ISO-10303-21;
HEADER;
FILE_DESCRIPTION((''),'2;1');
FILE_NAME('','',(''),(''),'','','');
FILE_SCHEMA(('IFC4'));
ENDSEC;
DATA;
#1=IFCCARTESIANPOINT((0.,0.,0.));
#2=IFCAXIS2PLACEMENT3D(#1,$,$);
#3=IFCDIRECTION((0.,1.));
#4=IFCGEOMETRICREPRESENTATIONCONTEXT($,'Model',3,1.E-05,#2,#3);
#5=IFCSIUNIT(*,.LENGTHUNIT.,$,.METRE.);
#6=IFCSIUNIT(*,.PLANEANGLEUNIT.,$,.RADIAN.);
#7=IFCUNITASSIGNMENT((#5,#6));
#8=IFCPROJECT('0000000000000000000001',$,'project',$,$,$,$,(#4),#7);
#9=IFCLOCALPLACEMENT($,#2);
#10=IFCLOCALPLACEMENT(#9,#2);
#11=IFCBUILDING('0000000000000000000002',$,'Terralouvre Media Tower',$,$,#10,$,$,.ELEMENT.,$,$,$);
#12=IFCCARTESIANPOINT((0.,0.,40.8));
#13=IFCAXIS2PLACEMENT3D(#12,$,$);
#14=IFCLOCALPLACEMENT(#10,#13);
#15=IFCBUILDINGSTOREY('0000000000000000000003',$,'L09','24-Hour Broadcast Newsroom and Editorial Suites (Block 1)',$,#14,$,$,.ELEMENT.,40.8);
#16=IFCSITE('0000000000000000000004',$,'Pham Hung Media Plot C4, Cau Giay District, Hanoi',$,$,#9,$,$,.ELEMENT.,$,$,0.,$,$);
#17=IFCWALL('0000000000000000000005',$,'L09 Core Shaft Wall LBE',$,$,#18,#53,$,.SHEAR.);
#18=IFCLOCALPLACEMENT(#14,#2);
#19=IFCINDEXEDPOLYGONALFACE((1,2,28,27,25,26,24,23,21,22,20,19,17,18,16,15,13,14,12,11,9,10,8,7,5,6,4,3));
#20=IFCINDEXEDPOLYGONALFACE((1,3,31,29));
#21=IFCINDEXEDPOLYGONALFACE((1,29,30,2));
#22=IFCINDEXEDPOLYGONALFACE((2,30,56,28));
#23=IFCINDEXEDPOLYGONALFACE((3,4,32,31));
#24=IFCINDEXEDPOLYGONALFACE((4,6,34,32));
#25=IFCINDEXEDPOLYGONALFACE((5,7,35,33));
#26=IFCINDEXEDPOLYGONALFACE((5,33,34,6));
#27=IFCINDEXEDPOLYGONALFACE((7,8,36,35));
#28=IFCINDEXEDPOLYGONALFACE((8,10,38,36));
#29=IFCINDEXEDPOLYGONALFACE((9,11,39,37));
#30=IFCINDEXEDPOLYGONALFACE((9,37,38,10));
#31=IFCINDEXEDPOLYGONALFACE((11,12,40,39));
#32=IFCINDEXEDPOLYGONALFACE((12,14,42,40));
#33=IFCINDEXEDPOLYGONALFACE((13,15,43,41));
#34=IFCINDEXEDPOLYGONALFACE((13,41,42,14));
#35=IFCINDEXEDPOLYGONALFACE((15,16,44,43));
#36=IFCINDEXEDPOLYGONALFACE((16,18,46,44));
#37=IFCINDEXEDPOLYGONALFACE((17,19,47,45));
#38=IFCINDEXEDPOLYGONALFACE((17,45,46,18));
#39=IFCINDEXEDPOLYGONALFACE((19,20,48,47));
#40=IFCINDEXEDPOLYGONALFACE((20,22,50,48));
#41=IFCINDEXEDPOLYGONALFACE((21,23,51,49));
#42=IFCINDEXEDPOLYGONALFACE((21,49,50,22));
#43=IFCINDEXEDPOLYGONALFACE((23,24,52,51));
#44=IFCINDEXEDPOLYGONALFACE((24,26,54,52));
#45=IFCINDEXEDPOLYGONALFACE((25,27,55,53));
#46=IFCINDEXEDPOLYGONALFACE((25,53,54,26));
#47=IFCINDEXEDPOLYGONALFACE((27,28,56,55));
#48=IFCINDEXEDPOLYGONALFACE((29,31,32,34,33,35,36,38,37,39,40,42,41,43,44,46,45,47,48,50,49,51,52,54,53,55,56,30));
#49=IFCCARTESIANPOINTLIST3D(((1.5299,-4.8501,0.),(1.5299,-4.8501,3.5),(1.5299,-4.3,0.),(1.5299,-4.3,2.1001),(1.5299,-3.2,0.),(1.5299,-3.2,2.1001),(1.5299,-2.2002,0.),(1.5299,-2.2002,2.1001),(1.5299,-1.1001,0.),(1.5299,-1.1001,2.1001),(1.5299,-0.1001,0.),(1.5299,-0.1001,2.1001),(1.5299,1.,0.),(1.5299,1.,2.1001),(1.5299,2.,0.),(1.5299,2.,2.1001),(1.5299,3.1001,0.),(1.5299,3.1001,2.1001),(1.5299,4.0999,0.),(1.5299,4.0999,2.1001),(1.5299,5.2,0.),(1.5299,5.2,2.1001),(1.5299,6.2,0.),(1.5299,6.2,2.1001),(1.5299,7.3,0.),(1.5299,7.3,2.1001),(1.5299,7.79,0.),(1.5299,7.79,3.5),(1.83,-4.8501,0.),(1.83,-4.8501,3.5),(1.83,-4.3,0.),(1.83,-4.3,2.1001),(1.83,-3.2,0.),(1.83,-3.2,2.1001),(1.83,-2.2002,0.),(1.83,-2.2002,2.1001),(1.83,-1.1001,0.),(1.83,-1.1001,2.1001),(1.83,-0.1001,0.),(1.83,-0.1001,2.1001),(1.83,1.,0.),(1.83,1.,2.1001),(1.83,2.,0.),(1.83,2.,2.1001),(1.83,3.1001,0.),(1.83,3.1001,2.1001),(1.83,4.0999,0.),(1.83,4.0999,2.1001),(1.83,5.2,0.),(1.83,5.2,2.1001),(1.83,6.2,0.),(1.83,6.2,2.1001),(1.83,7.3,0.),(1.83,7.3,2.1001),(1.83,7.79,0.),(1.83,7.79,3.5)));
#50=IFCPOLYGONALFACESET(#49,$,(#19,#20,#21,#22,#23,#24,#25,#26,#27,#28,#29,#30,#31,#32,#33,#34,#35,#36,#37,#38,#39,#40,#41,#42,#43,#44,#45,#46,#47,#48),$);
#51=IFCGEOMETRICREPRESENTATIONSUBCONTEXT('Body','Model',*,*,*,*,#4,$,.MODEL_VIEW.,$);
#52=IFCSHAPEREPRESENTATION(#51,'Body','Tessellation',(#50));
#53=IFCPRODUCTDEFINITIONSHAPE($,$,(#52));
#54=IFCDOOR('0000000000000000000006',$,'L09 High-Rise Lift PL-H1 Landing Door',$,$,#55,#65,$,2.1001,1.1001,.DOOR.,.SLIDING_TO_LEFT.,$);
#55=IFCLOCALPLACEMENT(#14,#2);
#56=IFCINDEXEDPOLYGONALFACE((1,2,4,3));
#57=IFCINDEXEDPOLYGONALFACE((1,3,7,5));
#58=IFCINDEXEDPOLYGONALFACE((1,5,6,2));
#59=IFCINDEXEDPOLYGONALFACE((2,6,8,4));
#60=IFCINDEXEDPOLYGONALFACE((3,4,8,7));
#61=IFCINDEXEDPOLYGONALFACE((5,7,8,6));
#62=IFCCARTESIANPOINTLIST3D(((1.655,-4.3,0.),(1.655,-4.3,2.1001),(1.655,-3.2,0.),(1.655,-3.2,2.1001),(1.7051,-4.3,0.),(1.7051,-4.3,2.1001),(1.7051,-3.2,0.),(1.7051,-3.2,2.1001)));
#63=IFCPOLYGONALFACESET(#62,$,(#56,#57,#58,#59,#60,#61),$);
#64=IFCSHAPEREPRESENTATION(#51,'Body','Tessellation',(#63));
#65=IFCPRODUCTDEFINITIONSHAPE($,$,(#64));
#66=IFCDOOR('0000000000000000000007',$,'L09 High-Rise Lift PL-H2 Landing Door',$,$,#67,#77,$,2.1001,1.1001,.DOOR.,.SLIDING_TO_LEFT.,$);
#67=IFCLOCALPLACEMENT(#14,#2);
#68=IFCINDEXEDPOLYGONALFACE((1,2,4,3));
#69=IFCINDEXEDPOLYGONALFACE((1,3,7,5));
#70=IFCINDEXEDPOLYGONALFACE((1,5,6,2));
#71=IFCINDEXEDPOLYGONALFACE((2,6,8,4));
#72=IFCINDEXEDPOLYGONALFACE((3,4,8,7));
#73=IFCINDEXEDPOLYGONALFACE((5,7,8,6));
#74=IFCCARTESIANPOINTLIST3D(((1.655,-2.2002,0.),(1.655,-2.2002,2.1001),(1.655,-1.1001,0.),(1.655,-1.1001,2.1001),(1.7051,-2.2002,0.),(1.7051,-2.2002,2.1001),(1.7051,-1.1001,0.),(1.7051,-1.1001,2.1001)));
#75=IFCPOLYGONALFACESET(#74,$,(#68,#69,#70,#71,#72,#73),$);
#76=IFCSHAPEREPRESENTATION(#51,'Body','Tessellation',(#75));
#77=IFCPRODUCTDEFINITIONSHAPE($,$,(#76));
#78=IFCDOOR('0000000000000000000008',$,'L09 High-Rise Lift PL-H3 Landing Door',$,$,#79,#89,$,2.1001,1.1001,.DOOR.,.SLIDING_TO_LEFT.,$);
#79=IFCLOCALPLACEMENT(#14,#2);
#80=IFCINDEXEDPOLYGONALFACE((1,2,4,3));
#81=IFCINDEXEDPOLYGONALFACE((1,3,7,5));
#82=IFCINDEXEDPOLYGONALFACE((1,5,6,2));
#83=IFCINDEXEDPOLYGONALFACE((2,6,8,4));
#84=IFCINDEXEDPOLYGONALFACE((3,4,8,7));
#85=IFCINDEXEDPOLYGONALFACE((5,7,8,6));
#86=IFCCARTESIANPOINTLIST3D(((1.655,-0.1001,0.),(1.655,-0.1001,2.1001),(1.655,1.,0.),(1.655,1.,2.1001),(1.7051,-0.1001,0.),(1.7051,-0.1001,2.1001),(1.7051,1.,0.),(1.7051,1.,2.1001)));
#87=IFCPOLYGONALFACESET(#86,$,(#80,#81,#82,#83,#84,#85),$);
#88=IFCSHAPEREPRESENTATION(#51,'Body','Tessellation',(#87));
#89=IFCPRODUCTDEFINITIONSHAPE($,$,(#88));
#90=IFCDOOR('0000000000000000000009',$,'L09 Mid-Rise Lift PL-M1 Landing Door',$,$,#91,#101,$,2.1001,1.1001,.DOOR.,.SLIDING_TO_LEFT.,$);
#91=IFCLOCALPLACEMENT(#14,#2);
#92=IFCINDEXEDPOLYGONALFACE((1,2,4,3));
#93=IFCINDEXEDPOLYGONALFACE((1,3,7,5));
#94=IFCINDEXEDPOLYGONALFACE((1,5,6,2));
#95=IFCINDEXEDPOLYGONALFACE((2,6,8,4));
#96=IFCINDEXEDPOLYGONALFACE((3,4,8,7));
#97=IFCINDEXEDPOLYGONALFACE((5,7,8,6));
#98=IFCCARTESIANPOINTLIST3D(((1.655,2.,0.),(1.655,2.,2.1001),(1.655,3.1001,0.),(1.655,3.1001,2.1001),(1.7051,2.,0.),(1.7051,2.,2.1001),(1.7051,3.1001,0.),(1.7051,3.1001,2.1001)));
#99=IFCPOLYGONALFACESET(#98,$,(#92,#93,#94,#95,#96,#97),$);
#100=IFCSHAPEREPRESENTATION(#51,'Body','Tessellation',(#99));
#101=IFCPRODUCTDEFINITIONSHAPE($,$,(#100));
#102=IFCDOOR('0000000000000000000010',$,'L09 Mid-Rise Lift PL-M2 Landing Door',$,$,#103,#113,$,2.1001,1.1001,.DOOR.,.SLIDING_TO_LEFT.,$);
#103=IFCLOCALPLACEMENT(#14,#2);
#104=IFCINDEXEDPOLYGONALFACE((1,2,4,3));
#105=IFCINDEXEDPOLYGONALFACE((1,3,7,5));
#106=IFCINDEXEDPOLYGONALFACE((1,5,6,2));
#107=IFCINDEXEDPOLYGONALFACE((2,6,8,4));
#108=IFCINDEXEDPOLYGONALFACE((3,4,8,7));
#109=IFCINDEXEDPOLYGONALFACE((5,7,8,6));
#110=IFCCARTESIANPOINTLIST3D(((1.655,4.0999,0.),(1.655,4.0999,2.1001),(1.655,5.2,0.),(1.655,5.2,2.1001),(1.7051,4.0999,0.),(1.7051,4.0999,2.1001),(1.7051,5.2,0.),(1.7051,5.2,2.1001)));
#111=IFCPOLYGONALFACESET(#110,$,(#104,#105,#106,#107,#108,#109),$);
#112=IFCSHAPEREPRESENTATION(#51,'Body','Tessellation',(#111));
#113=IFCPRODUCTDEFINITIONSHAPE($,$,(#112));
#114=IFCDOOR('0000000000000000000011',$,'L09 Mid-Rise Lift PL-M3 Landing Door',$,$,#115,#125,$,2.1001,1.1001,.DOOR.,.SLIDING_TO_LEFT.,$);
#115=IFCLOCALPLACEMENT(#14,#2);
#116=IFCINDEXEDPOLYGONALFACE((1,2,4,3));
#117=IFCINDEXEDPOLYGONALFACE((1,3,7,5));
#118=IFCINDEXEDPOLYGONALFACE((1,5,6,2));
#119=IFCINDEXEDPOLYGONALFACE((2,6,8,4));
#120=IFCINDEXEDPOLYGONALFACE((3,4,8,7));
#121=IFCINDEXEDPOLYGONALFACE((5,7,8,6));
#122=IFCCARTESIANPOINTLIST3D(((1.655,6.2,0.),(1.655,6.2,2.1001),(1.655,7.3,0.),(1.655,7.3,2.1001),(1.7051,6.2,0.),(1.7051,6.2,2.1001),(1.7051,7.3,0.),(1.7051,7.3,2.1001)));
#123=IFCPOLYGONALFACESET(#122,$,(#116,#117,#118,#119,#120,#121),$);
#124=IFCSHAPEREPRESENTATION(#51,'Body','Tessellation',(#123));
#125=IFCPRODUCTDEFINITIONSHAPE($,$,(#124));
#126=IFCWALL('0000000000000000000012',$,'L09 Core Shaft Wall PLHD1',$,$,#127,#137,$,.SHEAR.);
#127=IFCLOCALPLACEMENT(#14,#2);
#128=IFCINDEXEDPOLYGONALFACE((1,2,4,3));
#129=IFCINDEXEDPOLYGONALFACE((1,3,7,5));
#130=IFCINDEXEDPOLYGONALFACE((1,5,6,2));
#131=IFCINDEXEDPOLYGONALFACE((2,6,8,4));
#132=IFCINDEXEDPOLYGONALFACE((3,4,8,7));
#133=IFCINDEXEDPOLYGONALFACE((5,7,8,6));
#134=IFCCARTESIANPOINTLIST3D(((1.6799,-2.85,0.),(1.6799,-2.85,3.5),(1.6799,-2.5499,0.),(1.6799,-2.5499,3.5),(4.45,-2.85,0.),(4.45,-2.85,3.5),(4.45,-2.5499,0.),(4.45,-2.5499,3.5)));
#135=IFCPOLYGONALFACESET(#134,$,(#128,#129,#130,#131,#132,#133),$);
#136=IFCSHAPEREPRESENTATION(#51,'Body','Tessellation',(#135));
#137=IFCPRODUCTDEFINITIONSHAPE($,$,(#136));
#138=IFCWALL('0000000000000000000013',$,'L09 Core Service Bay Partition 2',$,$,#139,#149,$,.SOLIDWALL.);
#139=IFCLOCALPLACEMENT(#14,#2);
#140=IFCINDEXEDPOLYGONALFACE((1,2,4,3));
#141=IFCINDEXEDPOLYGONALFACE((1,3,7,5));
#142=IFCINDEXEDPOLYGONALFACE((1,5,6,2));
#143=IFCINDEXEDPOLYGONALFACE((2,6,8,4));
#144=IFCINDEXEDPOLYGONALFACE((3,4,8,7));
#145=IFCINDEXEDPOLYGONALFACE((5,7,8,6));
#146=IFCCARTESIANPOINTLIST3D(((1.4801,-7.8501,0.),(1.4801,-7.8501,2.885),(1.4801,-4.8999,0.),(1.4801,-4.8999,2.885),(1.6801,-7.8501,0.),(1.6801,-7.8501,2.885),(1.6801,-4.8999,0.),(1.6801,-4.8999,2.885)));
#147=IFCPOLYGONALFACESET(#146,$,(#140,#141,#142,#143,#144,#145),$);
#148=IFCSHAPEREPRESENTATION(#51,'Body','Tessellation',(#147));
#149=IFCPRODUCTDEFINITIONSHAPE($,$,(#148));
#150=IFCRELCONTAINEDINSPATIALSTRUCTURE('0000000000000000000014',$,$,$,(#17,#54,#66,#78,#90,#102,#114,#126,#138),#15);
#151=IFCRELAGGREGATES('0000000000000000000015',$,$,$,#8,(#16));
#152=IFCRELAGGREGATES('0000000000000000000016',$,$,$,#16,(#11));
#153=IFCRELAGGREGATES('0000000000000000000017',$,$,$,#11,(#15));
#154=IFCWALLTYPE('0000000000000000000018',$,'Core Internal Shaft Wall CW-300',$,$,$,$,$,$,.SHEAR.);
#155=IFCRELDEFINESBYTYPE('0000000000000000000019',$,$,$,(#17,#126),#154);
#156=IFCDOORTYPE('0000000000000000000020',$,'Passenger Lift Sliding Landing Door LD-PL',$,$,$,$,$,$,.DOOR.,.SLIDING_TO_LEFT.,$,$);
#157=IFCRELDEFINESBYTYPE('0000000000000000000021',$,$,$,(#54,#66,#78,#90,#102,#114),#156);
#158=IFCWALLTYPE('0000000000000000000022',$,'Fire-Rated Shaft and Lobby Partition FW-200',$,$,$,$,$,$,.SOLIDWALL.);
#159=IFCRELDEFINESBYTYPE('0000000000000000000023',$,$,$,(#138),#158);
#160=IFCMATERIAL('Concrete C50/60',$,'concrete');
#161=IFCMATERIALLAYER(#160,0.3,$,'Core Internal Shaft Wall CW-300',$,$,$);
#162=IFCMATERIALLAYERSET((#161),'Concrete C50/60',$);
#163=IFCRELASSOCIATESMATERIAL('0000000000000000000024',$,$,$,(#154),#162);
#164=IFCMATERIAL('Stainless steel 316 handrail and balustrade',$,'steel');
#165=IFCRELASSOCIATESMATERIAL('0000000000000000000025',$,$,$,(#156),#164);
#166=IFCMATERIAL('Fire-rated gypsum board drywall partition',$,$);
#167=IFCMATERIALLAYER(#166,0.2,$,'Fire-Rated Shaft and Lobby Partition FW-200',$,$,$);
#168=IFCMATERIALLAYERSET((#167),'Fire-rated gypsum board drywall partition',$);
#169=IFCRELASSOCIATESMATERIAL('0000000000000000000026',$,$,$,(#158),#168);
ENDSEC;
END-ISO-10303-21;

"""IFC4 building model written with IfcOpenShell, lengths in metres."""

from ifc_helpers import new_model, si_unit, direction, frame, frame_2d, origin, place, context, subcontext, project, spatial, rectangle, extrude, material, layer, layer_set, type_object, element, fill, save


model = new_model("IFC4")

# Units and contexts
model_context = context("Model", 3, precision=1e-05, world=origin(), true_north=direction((0.0, 1.0)))
body_context = subcontext(model_context, "Body", "Model", "MODEL_VIEW")
ifc_project = project(units=[si_unit("LENGTHUNIT", "METRE"), si_unit("PLANEANGLEUNIT", "RADIAN")], contexts=[model_context])

# Site, building, storey
site_placement = place(None, origin())
site = spatial("IfcSite", under=ifc_project, at=site_placement, Name="Pham Hung Media Plot C4, Cau Giay District, Hanoi", CompositionType="ELEMENT", RefElevation=0.0)
building_placement = place(site_placement, origin())
building = spatial("IfcBuilding", under=site, at=building_placement, Name="Terralouvre Media Tower", CompositionType="ELEMENT")
storey_placement = place(building_placement, frame((0.0, 0.0, 40.8)))
storey = spatial("IfcBuildingStorey", under=building, at=storey_placement, Name="L09", Description="24-Hour Broadcast Newsroom and Editorial Suites (Block 1)", CompositionType="ELEMENT", Elevation=40.8)

# Shared definitions
ifc_material_1 = material(Name="Concrete C50/60", Category="concrete")
ifc_layer_1 = layer(ifc_material_1, 0.3, Name="Core Internal Shaft Wall CW-300")
ifc_layer_set_1 = layer_set([ifc_layer_1], Name="Concrete C50/60")
wall_type_1 = type_object("IfcWallType", Name="Core Internal Shaft Wall CW-300", PredefinedType="SHEAR", material=ifc_layer_set_1)

# Wall, openings, doors
wall_1_placement = place(storey_placement, frame((1.6799, -4.8501, 0.0), z_axis=(0.0, 0.0, 1.0), x_axis=(0.0, 1.0, 0.0)))
wall_1 = element("IfcWall", 1, at=wall_1_placement, inside=storey, type_object=wall_type_1, Name="L09 Core Shaft Wall LBE", PredefinedType="SHEAR", context=body_context, shape_type="SweptSolid", body=[
    extrude(rectangle(XDim=12.6401, YDim=0.3, at=frame_2d((6.3201, 0.0))), origin(), (0.0, 0.0, 1.0), 3.5),
])
opening_1_placement = place(wall_1_placement, frame((0.55, 0.0, 0.0)))
opening_1 = element("IfcOpeningElement", 2, at=opening_1_placement, cuts=wall_1, PredefinedType="OPENING", context=body_context, shape_type="SweptSolid", body=[
    extrude(rectangle(XDim=1.1001, YDim=2.1001, at=frame_2d((0.55, 1.05))), frame((0.0, 0.1599, 0.0), z_axis=(0.0, -1.0, 0.0), x_axis=(1.0, 0.0, 0.0)), (0.0, 0.0, 1.0), 0.3201),
])
opening_2_placement = place(wall_1_placement, frame((2.6499, 0.0, 0.0)))
opening_2 = element("IfcOpeningElement", 3, at=opening_2_placement, cuts=wall_1, PredefinedType="OPENING", context=body_context, shape_type="SweptSolid", body=[
    extrude(rectangle(XDim=1.1001, YDim=2.1001, at=frame_2d((0.55, 1.05))), frame((0.0, 0.1599, 0.0), z_axis=(0.0, -1.0, 0.0), x_axis=(1.0, 0.0, 0.0)), (0.0, 0.0, 1.0), 0.3201),
])
opening_3_placement = place(wall_1_placement, frame((4.75, 0.0, 0.0)))
opening_3 = element("IfcOpeningElement", 4, at=opening_3_placement, cuts=wall_1, PredefinedType="OPENING", context=body_context, shape_type="SweptSolid", body=[
    extrude(rectangle(XDim=1.1001, YDim=2.1001, at=frame_2d((0.55, 1.05))), frame((0.0, 0.1599, 0.0), z_axis=(0.0, -1.0, 0.0), x_axis=(1.0, 0.0, 0.0)), (0.0, 0.0, 1.0), 0.3201),
])
opening_4_placement = place(wall_1_placement, frame((6.8501, 0.0, 0.0)))
opening_4 = element("IfcOpeningElement", 5, at=opening_4_placement, cuts=wall_1, PredefinedType="OPENING", context=body_context, shape_type="SweptSolid", body=[
    extrude(rectangle(XDim=1.1001, YDim=2.1001, at=frame_2d((0.55, 1.05))), frame((0.0, 0.1599, 0.0), z_axis=(0.0, -1.0, 0.0), x_axis=(1.0, 0.0, 0.0)), (0.0, 0.0, 1.0), 0.3201),
])
opening_5_placement = place(wall_1_placement, frame((8.95, 0.0, 0.0)))
opening_5 = element("IfcOpeningElement", 6, at=opening_5_placement, cuts=wall_1, PredefinedType="OPENING", context=body_context, shape_type="SweptSolid", body=[
    extrude(rectangle(XDim=1.1001, YDim=2.1001, at=frame_2d((0.55, 1.05))), frame((0.0, 0.1599, 0.0), z_axis=(0.0, -1.0, 0.0), x_axis=(1.0, 0.0, 0.0)), (0.0, 0.0, 1.0), 0.3201),
])
opening_6_placement = place(wall_1_placement, frame((11.05, 0.0, 0.0)))
opening_6 = element("IfcOpeningElement", 7, at=opening_6_placement, cuts=wall_1, PredefinedType="OPENING", context=body_context, shape_type="SweptSolid", body=[
    extrude(rectangle(XDim=1.1001, YDim=2.1001, at=frame_2d((0.55, 1.05))), frame((0.0, 0.1599, 0.0), z_axis=(0.0, -1.0, 0.0), x_axis=(1.0, 0.0, 0.0)), (0.0, 0.0, 1.0), 0.3201),
])
ifc_material_2 = material(Name="Stainless steel 316 handrail and balustrade", Category="steel")
door_type = type_object("IfcDoorType", Name="Passenger Lift Sliding Landing Door LD-PL", OperationType="SLIDING_TO_LEFT", PredefinedType="DOOR", material=ifc_material_2)
door_1_placement = place(opening_1_placement, origin())
door_1 = element("IfcDoor", 8, at=door_1_placement, inside=storey, type_object=door_type, Name="L09 High-Rise Lift PL-H1 Landing Door", OperationType="SLIDING_TO_LEFT", OverallHeight=2.1001, OverallWidth=1.1001, PredefinedType="DOOR", context=body_context, shape_type="SweptSolid", body=[
    extrude(rectangle(XDim=1.1001, YDim=2.1001, at=frame_2d((0.55, 1.05))), frame((0.0, 0.0249, 0.0), z_axis=(0.0, -1.0, 0.0), x_axis=(1.0, 0.0, 0.0)), (0.0, 0.0, 1.0), 0.05),
])
fill(opening_1, door_1)
door_2_placement = place(opening_2_placement, origin())
door_2 = element("IfcDoor", 9, at=door_2_placement, inside=storey, type_object=door_type, Name="L09 High-Rise Lift PL-H2 Landing Door", OperationType="SLIDING_TO_LEFT", OverallHeight=2.1001, OverallWidth=1.1001, PredefinedType="DOOR", context=body_context, shape_type="SweptSolid", body=[
    extrude(rectangle(XDim=1.1001, YDim=2.1001, at=frame_2d((0.55, 1.05))), frame((0.0, 0.0249, 0.0), z_axis=(0.0, -1.0, 0.0), x_axis=(1.0, 0.0, 0.0)), (0.0, 0.0, 1.0), 0.05),
])
fill(opening_2, door_2)
door_3_placement = place(opening_3_placement, origin())
door_3 = element("IfcDoor", 10, at=door_3_placement, inside=storey, type_object=door_type, Name="L09 High-Rise Lift PL-H3 Landing Door", OperationType="SLIDING_TO_LEFT", OverallHeight=2.1001, OverallWidth=1.1001, PredefinedType="DOOR", context=body_context, shape_type="SweptSolid", body=[
    extrude(rectangle(XDim=1.1001, YDim=2.1001, at=frame_2d((0.55, 1.05))), frame((0.0, 0.0249, 0.0), z_axis=(0.0, -1.0, 0.0), x_axis=(1.0, 0.0, 0.0)), (0.0, 0.0, 1.0), 0.05),
])
fill(opening_3, door_3)
door_4_placement = place(opening_4_placement, origin())
door_4 = element("IfcDoor", 11, at=door_4_placement, inside=storey, type_object=door_type, Name="L09 Mid-Rise Lift PL-M1 Landing Door", OperationType="SLIDING_TO_LEFT", OverallHeight=2.1001, OverallWidth=1.1001, PredefinedType="DOOR", context=body_context, shape_type="SweptSolid", body=[
    extrude(rectangle(XDim=1.1001, YDim=2.1001, at=frame_2d((0.55, 1.05))), frame((0.0, 0.0249, 0.0), z_axis=(0.0, -1.0, 0.0), x_axis=(1.0, 0.0, 0.0)), (0.0, 0.0, 1.0), 0.05),
])
fill(opening_4, door_4)
door_5_placement = place(opening_5_placement, origin())
door_5 = element("IfcDoor", 12, at=door_5_placement, inside=storey, type_object=door_type, Name="L09 Mid-Rise Lift PL-M2 Landing Door", OperationType="SLIDING_TO_LEFT", OverallHeight=2.1001, OverallWidth=1.1001, PredefinedType="DOOR", context=body_context, shape_type="SweptSolid", body=[
    extrude(rectangle(XDim=1.1001, YDim=2.1001, at=frame_2d((0.55, 1.05))), frame((0.0, 0.0249, 0.0), z_axis=(0.0, -1.0, 0.0), x_axis=(1.0, 0.0, 0.0)), (0.0, 0.0, 1.0), 0.05),
])
fill(opening_5, door_5)
door_6_placement = place(opening_6_placement, origin())
door_6 = element("IfcDoor", 13, at=door_6_placement, inside=storey, type_object=door_type, Name="L09 Mid-Rise Lift PL-M3 Landing Door", OperationType="SLIDING_TO_LEFT", OverallHeight=2.1001, OverallWidth=1.1001, PredefinedType="DOOR", context=body_context, shape_type="SweptSolid", body=[
    extrude(rectangle(XDim=1.1001, YDim=2.1001, at=frame_2d((0.55, 1.05))), frame((0.0, 0.0249, 0.0), z_axis=(0.0, -1.0, 0.0), x_axis=(1.0, 0.0, 0.0)), (0.0, 0.0, 1.0), 0.05),
])
fill(opening_6, door_6)

# Walls
wall_2_placement = place(storey_placement, frame((1.6799, -2.7, 0.0), z_axis=(0.0, 0.0, 1.0), x_axis=(1.0, 0.0, 0.0)))
element("IfcWall", 14, at=wall_2_placement, inside=storey, type_object=wall_type_1, Name="L09 Core Shaft Wall PLHD1", PredefinedType="SHEAR", context=body_context, shape_type="SweptSolid", body=[
    extrude(rectangle(XDim=2.77, YDim=0.3, at=frame_2d((1.385, 0.0))), origin(), (0.0, 0.0, 1.0), 3.5),
])
ifc_material_3 = material(Name="Fire-rated gypsum board drywall partition")
ifc_layer_2 = layer(ifc_material_3, 0.2, Name="Fire-Rated Shaft and Lobby Partition FW-200")
ifc_layer_set_2 = layer_set([ifc_layer_2], Name="Fire-rated gypsum board drywall partition")
wall_type_2 = type_object("IfcWallType", Name="Fire-Rated Shaft and Lobby Partition FW-200", PredefinedType="SOLIDWALL", material=ifc_layer_set_2)
wall_3_placement = place(storey_placement, frame((1.5801, -7.8501, 0.0), z_axis=(0.0, 0.0, 1.0), x_axis=(0.0, 1.0, 0.0)))
element("IfcWall", 15, at=wall_3_placement, inside=storey, type_object=wall_type_2, Name="L09 Core Service Bay Partition 2", PredefinedType="SOLIDWALL", context=body_context, shape_type="SweptSolid", body=[
    extrude(rectangle(XDim=2.9502, YDim=0.2, at=frame_2d((1.4751, 0.0))), origin(), (0.0, 0.0, 1.0), 2.885),
])

save(model, "model.ifc")
